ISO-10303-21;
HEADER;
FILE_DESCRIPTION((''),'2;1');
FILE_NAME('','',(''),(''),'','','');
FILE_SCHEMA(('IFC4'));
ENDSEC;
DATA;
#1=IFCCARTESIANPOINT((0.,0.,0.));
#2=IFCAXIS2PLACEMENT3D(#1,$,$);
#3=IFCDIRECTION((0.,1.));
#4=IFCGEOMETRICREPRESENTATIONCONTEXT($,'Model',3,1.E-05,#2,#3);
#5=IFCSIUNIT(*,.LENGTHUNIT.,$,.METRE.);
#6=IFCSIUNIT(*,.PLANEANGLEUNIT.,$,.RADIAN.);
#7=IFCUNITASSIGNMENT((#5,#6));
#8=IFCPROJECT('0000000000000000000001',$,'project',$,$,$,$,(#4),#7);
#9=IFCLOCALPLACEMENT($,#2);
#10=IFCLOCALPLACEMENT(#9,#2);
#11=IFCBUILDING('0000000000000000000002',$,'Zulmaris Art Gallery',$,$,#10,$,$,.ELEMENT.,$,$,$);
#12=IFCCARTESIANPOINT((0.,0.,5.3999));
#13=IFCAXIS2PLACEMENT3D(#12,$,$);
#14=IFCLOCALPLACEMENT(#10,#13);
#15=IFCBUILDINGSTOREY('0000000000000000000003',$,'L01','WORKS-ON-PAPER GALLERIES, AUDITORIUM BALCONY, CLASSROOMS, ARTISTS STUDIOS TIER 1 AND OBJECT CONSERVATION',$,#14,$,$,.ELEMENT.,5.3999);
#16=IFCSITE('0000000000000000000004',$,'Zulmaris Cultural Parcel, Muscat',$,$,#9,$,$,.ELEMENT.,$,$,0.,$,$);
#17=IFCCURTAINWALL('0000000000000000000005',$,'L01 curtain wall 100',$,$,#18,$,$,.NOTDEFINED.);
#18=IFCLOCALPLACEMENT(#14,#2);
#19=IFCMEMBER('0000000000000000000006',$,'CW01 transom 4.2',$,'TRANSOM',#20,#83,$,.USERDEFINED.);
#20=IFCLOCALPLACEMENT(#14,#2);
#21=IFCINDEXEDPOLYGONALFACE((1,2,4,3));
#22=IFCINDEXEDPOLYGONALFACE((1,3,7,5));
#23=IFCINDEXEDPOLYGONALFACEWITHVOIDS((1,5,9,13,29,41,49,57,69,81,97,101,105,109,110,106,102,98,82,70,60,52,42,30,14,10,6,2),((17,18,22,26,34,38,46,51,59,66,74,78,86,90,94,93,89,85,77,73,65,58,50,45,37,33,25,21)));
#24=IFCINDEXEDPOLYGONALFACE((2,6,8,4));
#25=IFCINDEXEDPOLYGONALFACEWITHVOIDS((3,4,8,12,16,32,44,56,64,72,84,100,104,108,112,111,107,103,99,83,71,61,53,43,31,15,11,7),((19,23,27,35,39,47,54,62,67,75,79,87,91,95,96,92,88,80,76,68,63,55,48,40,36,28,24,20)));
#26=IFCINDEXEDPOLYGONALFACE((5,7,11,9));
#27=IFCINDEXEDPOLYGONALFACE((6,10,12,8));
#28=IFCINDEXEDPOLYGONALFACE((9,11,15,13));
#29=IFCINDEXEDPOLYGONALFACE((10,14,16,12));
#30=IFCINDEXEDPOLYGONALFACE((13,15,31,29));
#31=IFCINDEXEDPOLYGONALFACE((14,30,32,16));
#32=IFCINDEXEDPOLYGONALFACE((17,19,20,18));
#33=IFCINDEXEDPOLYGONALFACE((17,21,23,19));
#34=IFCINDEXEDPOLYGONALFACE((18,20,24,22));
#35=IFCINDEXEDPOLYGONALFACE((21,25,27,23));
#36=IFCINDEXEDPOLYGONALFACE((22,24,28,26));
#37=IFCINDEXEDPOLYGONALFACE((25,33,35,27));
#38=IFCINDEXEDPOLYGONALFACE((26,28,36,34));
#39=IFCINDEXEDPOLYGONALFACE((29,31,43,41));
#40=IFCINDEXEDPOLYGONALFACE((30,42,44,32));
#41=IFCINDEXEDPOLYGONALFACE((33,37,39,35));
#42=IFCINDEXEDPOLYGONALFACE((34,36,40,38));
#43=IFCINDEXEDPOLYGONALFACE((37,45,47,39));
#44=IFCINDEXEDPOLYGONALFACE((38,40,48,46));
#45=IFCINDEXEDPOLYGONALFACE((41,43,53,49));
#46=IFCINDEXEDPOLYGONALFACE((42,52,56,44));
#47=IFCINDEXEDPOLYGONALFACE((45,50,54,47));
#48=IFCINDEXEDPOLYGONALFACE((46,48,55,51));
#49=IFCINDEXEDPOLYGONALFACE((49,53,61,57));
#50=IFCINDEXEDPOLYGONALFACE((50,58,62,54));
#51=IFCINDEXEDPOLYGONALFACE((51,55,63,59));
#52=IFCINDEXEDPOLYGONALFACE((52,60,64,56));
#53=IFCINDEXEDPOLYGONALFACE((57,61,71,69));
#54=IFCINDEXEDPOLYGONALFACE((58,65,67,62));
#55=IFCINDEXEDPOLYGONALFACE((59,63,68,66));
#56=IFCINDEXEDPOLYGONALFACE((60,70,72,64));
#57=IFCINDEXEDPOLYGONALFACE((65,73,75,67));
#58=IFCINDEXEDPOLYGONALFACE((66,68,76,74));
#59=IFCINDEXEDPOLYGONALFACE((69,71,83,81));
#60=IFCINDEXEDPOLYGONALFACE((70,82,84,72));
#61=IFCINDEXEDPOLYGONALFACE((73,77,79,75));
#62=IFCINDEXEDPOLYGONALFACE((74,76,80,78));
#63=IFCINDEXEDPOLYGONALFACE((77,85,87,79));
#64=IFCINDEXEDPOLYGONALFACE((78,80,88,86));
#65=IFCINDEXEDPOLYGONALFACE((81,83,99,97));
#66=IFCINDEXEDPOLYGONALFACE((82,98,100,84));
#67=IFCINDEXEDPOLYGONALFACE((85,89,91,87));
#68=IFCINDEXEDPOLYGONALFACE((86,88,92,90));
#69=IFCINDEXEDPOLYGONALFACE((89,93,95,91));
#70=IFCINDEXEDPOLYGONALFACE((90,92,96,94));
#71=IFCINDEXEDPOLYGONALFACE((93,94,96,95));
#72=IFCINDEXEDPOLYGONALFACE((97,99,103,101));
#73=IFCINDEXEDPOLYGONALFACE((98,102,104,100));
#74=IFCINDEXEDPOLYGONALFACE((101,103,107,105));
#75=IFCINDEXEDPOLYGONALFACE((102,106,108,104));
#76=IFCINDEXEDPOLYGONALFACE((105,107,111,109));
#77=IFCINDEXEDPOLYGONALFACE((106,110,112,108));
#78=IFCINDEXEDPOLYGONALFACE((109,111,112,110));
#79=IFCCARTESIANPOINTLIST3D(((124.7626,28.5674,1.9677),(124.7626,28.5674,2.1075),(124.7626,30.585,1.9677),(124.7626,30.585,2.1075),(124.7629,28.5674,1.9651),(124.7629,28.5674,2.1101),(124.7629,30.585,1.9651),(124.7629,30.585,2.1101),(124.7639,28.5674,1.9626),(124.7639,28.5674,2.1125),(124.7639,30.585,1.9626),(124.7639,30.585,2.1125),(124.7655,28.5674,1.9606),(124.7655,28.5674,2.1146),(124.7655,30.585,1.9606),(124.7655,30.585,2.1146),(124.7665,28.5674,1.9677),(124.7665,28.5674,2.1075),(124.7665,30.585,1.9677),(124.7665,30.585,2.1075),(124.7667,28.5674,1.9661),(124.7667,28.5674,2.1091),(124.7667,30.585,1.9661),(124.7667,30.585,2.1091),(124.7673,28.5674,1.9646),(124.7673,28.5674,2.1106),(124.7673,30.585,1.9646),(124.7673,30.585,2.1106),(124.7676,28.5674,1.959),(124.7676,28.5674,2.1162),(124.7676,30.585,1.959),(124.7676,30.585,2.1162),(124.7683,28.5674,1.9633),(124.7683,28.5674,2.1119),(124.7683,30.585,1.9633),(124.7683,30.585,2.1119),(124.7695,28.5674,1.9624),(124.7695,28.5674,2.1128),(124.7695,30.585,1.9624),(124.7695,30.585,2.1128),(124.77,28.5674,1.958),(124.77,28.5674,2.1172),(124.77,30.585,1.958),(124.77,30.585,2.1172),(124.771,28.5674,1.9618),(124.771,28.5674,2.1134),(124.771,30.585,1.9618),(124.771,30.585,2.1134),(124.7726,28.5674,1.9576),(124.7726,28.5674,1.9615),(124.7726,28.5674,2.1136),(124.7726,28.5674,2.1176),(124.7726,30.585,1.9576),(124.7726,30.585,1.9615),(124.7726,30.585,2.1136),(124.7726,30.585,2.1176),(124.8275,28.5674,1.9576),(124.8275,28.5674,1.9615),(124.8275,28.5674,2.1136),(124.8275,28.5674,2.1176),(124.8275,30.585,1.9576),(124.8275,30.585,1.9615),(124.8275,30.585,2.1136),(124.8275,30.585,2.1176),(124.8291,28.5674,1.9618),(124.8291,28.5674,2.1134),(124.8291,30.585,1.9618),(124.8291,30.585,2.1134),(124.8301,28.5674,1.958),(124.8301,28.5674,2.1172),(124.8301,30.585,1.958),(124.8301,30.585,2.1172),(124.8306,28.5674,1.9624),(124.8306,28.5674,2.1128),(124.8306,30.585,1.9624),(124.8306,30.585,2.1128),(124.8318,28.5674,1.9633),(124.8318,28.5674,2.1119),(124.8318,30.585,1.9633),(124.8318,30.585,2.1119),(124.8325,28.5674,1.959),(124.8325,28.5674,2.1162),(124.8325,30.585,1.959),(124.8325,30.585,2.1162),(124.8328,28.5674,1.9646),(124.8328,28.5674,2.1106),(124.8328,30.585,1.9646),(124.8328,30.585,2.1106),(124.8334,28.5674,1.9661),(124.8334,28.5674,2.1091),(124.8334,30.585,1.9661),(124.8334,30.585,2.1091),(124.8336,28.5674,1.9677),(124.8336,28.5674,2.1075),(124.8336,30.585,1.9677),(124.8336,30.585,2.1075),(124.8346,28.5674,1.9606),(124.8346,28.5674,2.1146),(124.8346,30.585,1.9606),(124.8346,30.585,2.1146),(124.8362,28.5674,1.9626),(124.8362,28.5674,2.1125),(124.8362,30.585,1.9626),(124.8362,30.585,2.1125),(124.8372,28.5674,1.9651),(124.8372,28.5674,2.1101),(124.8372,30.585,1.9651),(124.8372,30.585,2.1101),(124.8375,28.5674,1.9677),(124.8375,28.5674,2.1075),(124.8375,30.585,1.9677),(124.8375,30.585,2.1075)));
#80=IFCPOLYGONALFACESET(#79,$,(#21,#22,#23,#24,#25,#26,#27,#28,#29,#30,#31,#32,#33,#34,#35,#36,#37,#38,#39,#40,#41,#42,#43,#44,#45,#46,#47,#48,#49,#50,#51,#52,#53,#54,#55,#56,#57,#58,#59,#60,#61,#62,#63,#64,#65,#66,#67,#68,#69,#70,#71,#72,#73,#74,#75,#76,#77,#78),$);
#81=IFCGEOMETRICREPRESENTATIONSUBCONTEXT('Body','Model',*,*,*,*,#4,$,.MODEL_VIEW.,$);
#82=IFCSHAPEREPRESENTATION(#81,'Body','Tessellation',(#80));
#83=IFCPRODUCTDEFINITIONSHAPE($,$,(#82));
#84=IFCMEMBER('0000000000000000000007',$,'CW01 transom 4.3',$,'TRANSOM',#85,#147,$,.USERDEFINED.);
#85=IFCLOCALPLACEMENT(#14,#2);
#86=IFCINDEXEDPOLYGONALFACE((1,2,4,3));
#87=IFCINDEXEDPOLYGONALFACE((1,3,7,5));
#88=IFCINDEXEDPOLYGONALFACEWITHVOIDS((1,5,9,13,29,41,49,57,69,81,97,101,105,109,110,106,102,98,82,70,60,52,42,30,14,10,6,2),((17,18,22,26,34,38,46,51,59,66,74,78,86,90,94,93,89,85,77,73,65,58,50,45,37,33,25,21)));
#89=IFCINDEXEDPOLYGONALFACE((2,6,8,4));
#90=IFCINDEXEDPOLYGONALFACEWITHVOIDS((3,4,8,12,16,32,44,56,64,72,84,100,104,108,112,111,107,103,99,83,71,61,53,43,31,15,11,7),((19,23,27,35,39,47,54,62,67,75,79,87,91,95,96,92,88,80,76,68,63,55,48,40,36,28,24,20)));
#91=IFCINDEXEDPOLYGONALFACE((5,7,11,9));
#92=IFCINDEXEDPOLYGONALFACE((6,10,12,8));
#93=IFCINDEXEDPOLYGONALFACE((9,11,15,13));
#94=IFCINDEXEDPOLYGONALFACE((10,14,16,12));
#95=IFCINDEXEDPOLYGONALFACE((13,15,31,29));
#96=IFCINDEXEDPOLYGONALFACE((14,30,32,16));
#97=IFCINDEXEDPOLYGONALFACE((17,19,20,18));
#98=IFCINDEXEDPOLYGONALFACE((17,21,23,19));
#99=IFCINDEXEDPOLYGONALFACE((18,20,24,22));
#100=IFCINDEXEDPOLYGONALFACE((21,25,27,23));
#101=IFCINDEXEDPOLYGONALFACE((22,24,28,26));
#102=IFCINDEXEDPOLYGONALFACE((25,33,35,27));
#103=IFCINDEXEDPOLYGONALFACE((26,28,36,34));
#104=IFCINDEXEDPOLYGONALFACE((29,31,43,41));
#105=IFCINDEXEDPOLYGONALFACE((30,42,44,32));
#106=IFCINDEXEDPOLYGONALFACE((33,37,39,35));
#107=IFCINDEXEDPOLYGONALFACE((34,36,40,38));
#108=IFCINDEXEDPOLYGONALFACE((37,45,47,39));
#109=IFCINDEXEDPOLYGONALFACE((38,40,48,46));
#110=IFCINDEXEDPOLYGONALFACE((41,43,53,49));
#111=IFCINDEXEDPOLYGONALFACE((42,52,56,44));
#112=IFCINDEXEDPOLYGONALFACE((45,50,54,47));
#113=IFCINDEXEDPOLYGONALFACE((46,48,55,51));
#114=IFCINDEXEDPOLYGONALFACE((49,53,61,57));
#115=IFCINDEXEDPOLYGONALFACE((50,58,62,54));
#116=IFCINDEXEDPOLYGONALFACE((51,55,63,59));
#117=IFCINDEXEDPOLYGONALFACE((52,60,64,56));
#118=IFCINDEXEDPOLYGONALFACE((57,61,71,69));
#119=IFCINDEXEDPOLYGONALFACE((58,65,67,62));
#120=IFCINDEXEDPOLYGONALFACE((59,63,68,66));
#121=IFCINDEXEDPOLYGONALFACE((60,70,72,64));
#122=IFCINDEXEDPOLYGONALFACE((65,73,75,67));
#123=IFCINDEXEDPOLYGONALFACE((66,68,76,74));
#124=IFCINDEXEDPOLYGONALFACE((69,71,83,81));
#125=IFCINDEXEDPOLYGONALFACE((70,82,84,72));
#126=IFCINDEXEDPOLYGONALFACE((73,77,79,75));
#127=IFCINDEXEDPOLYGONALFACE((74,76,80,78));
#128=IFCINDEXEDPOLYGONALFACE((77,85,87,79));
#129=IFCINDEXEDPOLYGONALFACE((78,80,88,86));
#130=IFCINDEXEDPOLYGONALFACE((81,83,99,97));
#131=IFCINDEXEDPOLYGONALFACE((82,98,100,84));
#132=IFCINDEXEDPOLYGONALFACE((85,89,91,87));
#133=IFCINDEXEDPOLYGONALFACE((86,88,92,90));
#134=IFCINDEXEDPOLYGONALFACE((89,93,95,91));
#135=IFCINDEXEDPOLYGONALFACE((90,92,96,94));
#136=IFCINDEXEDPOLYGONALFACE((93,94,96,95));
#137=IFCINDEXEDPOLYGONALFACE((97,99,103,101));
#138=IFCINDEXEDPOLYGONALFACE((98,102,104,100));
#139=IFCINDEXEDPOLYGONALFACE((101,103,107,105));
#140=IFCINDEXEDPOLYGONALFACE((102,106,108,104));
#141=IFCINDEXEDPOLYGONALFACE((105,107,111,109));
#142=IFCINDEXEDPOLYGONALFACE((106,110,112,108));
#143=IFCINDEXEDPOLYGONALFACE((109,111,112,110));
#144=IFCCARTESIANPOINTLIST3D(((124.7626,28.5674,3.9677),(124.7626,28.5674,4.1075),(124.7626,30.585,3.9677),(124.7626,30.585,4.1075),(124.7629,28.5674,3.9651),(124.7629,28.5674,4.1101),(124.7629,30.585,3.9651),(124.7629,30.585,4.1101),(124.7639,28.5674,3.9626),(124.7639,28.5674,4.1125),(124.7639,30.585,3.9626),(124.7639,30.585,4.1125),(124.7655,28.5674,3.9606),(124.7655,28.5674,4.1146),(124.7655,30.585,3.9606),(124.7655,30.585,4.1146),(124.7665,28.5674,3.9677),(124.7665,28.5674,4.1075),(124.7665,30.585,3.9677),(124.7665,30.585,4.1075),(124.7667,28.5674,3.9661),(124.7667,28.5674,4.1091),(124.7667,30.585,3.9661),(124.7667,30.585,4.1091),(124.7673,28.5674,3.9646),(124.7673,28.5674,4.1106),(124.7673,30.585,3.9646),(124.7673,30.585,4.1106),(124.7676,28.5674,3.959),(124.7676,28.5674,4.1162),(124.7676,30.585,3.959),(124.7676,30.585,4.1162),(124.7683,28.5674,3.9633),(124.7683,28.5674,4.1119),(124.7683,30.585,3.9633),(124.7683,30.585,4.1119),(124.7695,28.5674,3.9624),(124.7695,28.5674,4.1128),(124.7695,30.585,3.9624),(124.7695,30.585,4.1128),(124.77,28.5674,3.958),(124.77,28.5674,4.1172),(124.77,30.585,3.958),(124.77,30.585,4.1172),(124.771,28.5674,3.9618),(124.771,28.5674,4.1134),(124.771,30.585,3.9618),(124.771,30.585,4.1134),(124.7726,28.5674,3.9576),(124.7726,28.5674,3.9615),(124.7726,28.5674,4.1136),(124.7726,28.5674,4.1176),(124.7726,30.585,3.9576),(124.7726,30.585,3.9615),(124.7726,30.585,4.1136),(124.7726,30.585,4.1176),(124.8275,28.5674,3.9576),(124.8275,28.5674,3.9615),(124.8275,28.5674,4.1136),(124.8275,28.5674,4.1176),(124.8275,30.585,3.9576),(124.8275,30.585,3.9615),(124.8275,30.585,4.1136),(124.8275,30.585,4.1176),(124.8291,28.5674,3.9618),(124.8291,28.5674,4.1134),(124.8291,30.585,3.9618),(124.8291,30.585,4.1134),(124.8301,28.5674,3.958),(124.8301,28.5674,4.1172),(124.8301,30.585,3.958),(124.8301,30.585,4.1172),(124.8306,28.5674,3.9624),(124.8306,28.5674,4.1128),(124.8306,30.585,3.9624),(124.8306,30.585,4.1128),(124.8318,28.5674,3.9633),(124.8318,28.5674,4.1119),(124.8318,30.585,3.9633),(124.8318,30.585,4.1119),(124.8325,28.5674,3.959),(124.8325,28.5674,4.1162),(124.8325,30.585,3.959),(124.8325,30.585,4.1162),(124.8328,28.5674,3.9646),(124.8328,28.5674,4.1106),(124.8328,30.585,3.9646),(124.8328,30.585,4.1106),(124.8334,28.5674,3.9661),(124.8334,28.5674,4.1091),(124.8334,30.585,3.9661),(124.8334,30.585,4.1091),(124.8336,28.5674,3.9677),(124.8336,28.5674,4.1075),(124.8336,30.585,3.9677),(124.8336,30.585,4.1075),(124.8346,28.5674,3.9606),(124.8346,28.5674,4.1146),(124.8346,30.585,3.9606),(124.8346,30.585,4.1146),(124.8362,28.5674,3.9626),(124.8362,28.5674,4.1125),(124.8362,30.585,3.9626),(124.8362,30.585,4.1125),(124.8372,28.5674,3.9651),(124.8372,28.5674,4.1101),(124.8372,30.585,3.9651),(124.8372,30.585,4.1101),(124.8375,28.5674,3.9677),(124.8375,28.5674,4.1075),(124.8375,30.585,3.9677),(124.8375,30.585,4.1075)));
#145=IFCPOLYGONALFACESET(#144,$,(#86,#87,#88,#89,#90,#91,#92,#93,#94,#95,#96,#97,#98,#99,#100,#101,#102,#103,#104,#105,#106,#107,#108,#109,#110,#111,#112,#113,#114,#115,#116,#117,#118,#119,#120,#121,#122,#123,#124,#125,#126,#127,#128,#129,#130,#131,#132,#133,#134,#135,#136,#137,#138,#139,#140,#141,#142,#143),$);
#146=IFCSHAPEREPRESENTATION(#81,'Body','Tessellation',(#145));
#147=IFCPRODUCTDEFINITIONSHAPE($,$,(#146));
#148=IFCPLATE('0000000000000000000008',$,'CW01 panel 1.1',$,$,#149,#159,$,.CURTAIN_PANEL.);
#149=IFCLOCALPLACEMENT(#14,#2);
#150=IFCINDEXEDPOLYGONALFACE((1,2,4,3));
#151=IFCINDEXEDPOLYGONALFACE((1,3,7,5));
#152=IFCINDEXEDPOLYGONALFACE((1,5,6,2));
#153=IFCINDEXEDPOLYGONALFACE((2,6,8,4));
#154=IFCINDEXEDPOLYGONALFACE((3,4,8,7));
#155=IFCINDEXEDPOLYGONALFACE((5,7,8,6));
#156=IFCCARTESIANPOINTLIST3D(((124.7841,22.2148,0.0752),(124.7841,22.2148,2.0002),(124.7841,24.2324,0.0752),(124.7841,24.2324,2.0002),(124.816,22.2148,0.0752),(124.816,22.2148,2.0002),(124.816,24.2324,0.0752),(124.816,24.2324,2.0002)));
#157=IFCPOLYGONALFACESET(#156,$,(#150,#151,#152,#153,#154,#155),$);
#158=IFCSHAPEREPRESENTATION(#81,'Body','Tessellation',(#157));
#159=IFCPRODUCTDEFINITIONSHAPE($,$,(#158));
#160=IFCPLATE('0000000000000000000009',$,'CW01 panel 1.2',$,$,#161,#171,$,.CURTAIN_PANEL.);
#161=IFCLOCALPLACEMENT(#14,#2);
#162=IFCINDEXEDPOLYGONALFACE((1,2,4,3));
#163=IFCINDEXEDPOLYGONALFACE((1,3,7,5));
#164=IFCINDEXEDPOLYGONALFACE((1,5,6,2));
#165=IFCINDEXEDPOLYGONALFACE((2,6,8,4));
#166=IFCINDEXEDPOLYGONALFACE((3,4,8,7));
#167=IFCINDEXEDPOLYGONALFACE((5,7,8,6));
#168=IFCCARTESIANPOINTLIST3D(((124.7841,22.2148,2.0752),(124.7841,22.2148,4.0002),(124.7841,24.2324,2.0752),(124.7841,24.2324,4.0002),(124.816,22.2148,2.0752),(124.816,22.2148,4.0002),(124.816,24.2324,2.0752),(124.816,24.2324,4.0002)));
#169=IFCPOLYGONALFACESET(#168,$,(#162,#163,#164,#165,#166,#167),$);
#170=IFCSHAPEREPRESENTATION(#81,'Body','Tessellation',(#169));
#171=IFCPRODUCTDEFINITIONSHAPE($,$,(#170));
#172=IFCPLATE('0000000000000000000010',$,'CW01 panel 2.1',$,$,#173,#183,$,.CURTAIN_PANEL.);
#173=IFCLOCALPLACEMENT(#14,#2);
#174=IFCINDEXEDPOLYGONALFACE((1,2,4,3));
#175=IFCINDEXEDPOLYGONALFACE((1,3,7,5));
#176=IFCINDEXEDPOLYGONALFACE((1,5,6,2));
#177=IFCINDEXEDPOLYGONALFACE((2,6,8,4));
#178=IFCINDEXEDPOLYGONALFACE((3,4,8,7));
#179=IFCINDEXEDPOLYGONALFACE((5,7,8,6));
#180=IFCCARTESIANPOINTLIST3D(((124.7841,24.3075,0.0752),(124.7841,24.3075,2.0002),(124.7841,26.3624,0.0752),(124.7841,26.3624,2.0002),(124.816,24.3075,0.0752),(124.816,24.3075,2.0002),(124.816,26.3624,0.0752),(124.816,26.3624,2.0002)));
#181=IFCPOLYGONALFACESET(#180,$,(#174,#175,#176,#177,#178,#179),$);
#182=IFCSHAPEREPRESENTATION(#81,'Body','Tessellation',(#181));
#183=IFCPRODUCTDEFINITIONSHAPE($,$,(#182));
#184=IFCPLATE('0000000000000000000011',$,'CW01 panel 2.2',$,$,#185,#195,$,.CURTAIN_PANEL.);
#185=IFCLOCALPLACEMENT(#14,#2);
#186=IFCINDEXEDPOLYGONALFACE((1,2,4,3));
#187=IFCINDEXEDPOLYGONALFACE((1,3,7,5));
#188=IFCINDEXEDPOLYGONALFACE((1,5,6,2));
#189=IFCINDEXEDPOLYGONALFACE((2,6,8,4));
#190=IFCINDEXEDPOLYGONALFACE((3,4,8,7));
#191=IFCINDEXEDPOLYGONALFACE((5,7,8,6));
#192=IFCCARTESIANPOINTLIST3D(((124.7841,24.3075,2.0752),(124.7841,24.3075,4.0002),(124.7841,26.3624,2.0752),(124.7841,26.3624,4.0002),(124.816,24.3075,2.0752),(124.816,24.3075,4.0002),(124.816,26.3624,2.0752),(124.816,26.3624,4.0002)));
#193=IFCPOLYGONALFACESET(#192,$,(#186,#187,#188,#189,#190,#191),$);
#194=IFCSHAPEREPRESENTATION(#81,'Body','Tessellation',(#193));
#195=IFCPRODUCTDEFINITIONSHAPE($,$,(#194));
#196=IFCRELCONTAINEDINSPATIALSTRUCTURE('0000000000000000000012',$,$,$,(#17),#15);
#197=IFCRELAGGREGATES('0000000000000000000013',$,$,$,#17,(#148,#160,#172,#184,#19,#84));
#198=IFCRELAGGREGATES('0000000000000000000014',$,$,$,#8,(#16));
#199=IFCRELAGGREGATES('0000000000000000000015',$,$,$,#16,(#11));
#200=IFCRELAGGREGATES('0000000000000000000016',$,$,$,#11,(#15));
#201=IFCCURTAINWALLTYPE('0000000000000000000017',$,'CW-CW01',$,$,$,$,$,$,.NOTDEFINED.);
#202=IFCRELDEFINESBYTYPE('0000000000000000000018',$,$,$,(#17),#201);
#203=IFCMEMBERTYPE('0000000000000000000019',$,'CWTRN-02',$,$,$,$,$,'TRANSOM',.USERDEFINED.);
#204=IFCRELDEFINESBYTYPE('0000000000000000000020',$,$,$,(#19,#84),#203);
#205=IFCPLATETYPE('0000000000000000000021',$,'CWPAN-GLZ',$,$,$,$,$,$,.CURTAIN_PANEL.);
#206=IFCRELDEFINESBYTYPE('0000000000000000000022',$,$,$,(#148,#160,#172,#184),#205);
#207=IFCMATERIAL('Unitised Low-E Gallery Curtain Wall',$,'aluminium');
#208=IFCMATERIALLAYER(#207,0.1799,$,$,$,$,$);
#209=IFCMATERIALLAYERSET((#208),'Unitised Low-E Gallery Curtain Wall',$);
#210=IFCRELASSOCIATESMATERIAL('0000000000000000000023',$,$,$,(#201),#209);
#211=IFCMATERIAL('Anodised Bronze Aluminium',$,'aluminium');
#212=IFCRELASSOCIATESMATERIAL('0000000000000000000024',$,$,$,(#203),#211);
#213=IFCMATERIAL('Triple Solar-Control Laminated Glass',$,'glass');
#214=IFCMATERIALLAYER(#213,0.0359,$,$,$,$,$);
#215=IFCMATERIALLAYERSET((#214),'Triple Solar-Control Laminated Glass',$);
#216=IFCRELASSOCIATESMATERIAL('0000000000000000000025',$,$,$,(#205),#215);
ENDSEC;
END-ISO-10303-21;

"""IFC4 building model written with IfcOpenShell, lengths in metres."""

from ifc_helpers import new_model, si_unit, direction, frame, origin, origin_2d, place, context, subcontext, project, spatial, rectangle, hollow_rectangle, extrude, material, layer, layer_set, material_profile, profile_set, type_object, element, aggregate, save


model = new_model("IFC4")

# Units and contexts
model_context = context("Model", 3, precision=1e-05, world=origin(), true_north=direction((0.0, 1.0)))
body_context = subcontext(model_context, "Body", "Model", "MODEL_VIEW")
ifc_project = project(units=[si_unit("LENGTHUNIT", "METRE"), si_unit("PLANEANGLEUNIT", "RADIAN")], contexts=[model_context])

# Site, building, storey
site_placement = place(None, origin())
site = spatial("IfcSite", under=ifc_project, at=site_placement, Name="Zulmaris Cultural Parcel, Muscat", CompositionType="ELEMENT", RefElevation=0.0)
building_placement = place(site_placement, origin())
building = spatial("IfcBuilding", under=site, at=building_placement, Name="Zulmaris Art Gallery", CompositionType="ELEMENT")
storey_placement = place(building_placement, frame((0.0, 0.0, 5.3999)))
storey = spatial("IfcBuildingStorey", under=building, at=storey_placement, Name="L01", Description="WORKS-ON-PAPER GALLERIES, AUDITORIUM BALCONY, CLASSROOMS, ARTISTS STUDIOS TIER 1 AND OBJECT CONSERVATION", CompositionType="ELEMENT", Elevation=5.3999)

# Curtain wall, members, plates
ifc_material_1 = material(Name="Unitised Low-E Gallery Curtain Wall", Category="aluminium")
ifc_layer_1 = layer(ifc_material_1, 0.1799)
ifc_layer_set_1 = layer_set([ifc_layer_1], Name="Unitised Low-E Gallery Curtain Wall")
curtain_wall_type = type_object("IfcCurtainWallType", Name="CW-CW01", PredefinedType="NOTDEFINED", material=ifc_layer_set_1)
curtain_wall_placement = place(storey_placement, origin())
curtain_wall = element("IfcCurtainWall", 1, at=curtain_wall_placement, inside=storey, type_object=curtain_wall_type, Name="L01 curtain wall 100", PredefinedType="NOTDEFINED")
ifc_material_2 = material(Name="Anodised Bronze Aluminium", Category="aluminium")
ifc_material_profile_1 = material_profile(ifc_material_2, hollow_rectangle(XDim=0.075, YDim=0.1599, WallThickness=0.0039, InnerFilletRadius=0.0061, OuterFilletRadius=0.01, at=origin_2d()), Name="ALU 75x160x4")
ifc_profile_set_1 = profile_set([ifc_material_profile_1], Name="Anodised Bronze Aluminium")
member_type_1 = type_object("IfcMemberType", Name="CWTRN-02", ElementType="TRANSOM", PredefinedType="USERDEFINED", material=ifc_profile_set_1)
member_1_placement = place(storey_placement, frame((124.8, 28.5674, 2.0376), z_axis=(0.0, 1.0, 0.0), x_axis=(-1.0, 0.0, 0.0)))
member_1 = element("IfcMember", 2, at=member_1_placement, type_object=member_type_1, Name="CW01 transom 4.2", ObjectType="TRANSOM", PredefinedType="USERDEFINED", context=body_context, shape_type="SweptSolid", body=[
    extrude(hollow_rectangle(XDim=0.075, YDim=0.1599, WallThickness=0.0039, InnerFilletRadius=0.0061, OuterFilletRadius=0.01, at=origin_2d()), origin(), (0.0, 0.0, 1.0), 2.0176),
])
member_2_placement = place(storey_placement, frame((124.8, 28.5674, 4.0376), z_axis=(0.0, 1.0, 0.0), x_axis=(-1.0, 0.0, 0.0)))
member_2 = element("IfcMember", 3, at=member_2_placement, type_object=member_type_1, Name="CW01 transom 4.3", ObjectType="TRANSOM", PredefinedType="USERDEFINED", context=body_context, shape_type="SweptSolid", body=[
    extrude(hollow_rectangle(XDim=0.075, YDim=0.1599, WallThickness=0.0039, InnerFilletRadius=0.0061, OuterFilletRadius=0.01, at=origin_2d()), origin(), (0.0, 0.0, 1.0), 2.0176),
])
ifc_material_3 = material(Name="Triple Solar-Control Laminated Glass", Category="glass")
ifc_layer_2 = layer(ifc_material_3, 0.0359)
ifc_layer_set_2 = layer_set([ifc_layer_2], Name="Triple Solar-Control Laminated Glass")
plate_type = type_object("IfcPlateType", Name="CWPAN-GLZ", PredefinedType="CURTAIN_PANEL", material=ifc_layer_set_2)
plate_1_placement = place(storey_placement, frame((124.8, 23.2236, 0.0752), z_axis=(0.0, 0.0, 1.0), x_axis=(0.0, 1.0, 0.0)))
plate_1 = element("IfcPlate", 4, at=plate_1_placement, type_object=plate_type, Name="CW01 panel 1.1", PredefinedType="CURTAIN_PANEL", context=body_context, shape_type="SweptSolid", body=[
    extrude(rectangle(XDim=2.0176, YDim=0.032, at=origin_2d()), origin(), (0.0, 0.0, 1.0), 1.925),
])
plate_2_placement = place(storey_placement, frame((124.8, 23.2236, 2.0752), z_axis=(0.0, 0.0, 1.0), x_axis=(0.0, 1.0, 0.0)))
plate_2 = element("IfcPlate", 5, at=plate_2_placement, type_object=plate_type, Name="CW01 panel 1.2", PredefinedType="CURTAIN_PANEL", context=body_context, shape_type="SweptSolid", body=[
    extrude(rectangle(XDim=2.0176, YDim=0.032, at=origin_2d()), origin(), (0.0, 0.0, 1.0), 1.925),
])
plate_3_placement = place(storey_placement, frame((124.8, 25.335, 0.0752), z_axis=(0.0, 0.0, 1.0), x_axis=(0.0, 1.0, 0.0)))
plate_3 = element("IfcPlate", 6, at=plate_3_placement, type_object=plate_type, Name="CW01 panel 2.1", PredefinedType="CURTAIN_PANEL", context=body_context, shape_type="SweptSolid", body=[
    extrude(rectangle(XDim=2.0549, YDim=0.032, at=origin_2d()), origin(), (0.0, 0.0, 1.0), 1.925),
])
plate_4_placement = place(storey_placement, frame((124.8, 25.335, 2.0752), z_axis=(0.0, 0.0, 1.0), x_axis=(0.0, 1.0, 0.0)))
plate_4 = element("IfcPlate", 7, at=plate_4_placement, type_object=plate_type, Name="CW01 panel 2.2", PredefinedType="CURTAIN_PANEL", context=body_context, shape_type="SweptSolid", body=[
    extrude(rectangle(XDim=2.0549, YDim=0.032, at=origin_2d()), origin(), (0.0, 0.0, 1.0), 1.925),
])
aggregate(curtain_wall, [plate_1, plate_2, plate_3, plate_4, member_1, member_2])

save(model, "model.ifc")
